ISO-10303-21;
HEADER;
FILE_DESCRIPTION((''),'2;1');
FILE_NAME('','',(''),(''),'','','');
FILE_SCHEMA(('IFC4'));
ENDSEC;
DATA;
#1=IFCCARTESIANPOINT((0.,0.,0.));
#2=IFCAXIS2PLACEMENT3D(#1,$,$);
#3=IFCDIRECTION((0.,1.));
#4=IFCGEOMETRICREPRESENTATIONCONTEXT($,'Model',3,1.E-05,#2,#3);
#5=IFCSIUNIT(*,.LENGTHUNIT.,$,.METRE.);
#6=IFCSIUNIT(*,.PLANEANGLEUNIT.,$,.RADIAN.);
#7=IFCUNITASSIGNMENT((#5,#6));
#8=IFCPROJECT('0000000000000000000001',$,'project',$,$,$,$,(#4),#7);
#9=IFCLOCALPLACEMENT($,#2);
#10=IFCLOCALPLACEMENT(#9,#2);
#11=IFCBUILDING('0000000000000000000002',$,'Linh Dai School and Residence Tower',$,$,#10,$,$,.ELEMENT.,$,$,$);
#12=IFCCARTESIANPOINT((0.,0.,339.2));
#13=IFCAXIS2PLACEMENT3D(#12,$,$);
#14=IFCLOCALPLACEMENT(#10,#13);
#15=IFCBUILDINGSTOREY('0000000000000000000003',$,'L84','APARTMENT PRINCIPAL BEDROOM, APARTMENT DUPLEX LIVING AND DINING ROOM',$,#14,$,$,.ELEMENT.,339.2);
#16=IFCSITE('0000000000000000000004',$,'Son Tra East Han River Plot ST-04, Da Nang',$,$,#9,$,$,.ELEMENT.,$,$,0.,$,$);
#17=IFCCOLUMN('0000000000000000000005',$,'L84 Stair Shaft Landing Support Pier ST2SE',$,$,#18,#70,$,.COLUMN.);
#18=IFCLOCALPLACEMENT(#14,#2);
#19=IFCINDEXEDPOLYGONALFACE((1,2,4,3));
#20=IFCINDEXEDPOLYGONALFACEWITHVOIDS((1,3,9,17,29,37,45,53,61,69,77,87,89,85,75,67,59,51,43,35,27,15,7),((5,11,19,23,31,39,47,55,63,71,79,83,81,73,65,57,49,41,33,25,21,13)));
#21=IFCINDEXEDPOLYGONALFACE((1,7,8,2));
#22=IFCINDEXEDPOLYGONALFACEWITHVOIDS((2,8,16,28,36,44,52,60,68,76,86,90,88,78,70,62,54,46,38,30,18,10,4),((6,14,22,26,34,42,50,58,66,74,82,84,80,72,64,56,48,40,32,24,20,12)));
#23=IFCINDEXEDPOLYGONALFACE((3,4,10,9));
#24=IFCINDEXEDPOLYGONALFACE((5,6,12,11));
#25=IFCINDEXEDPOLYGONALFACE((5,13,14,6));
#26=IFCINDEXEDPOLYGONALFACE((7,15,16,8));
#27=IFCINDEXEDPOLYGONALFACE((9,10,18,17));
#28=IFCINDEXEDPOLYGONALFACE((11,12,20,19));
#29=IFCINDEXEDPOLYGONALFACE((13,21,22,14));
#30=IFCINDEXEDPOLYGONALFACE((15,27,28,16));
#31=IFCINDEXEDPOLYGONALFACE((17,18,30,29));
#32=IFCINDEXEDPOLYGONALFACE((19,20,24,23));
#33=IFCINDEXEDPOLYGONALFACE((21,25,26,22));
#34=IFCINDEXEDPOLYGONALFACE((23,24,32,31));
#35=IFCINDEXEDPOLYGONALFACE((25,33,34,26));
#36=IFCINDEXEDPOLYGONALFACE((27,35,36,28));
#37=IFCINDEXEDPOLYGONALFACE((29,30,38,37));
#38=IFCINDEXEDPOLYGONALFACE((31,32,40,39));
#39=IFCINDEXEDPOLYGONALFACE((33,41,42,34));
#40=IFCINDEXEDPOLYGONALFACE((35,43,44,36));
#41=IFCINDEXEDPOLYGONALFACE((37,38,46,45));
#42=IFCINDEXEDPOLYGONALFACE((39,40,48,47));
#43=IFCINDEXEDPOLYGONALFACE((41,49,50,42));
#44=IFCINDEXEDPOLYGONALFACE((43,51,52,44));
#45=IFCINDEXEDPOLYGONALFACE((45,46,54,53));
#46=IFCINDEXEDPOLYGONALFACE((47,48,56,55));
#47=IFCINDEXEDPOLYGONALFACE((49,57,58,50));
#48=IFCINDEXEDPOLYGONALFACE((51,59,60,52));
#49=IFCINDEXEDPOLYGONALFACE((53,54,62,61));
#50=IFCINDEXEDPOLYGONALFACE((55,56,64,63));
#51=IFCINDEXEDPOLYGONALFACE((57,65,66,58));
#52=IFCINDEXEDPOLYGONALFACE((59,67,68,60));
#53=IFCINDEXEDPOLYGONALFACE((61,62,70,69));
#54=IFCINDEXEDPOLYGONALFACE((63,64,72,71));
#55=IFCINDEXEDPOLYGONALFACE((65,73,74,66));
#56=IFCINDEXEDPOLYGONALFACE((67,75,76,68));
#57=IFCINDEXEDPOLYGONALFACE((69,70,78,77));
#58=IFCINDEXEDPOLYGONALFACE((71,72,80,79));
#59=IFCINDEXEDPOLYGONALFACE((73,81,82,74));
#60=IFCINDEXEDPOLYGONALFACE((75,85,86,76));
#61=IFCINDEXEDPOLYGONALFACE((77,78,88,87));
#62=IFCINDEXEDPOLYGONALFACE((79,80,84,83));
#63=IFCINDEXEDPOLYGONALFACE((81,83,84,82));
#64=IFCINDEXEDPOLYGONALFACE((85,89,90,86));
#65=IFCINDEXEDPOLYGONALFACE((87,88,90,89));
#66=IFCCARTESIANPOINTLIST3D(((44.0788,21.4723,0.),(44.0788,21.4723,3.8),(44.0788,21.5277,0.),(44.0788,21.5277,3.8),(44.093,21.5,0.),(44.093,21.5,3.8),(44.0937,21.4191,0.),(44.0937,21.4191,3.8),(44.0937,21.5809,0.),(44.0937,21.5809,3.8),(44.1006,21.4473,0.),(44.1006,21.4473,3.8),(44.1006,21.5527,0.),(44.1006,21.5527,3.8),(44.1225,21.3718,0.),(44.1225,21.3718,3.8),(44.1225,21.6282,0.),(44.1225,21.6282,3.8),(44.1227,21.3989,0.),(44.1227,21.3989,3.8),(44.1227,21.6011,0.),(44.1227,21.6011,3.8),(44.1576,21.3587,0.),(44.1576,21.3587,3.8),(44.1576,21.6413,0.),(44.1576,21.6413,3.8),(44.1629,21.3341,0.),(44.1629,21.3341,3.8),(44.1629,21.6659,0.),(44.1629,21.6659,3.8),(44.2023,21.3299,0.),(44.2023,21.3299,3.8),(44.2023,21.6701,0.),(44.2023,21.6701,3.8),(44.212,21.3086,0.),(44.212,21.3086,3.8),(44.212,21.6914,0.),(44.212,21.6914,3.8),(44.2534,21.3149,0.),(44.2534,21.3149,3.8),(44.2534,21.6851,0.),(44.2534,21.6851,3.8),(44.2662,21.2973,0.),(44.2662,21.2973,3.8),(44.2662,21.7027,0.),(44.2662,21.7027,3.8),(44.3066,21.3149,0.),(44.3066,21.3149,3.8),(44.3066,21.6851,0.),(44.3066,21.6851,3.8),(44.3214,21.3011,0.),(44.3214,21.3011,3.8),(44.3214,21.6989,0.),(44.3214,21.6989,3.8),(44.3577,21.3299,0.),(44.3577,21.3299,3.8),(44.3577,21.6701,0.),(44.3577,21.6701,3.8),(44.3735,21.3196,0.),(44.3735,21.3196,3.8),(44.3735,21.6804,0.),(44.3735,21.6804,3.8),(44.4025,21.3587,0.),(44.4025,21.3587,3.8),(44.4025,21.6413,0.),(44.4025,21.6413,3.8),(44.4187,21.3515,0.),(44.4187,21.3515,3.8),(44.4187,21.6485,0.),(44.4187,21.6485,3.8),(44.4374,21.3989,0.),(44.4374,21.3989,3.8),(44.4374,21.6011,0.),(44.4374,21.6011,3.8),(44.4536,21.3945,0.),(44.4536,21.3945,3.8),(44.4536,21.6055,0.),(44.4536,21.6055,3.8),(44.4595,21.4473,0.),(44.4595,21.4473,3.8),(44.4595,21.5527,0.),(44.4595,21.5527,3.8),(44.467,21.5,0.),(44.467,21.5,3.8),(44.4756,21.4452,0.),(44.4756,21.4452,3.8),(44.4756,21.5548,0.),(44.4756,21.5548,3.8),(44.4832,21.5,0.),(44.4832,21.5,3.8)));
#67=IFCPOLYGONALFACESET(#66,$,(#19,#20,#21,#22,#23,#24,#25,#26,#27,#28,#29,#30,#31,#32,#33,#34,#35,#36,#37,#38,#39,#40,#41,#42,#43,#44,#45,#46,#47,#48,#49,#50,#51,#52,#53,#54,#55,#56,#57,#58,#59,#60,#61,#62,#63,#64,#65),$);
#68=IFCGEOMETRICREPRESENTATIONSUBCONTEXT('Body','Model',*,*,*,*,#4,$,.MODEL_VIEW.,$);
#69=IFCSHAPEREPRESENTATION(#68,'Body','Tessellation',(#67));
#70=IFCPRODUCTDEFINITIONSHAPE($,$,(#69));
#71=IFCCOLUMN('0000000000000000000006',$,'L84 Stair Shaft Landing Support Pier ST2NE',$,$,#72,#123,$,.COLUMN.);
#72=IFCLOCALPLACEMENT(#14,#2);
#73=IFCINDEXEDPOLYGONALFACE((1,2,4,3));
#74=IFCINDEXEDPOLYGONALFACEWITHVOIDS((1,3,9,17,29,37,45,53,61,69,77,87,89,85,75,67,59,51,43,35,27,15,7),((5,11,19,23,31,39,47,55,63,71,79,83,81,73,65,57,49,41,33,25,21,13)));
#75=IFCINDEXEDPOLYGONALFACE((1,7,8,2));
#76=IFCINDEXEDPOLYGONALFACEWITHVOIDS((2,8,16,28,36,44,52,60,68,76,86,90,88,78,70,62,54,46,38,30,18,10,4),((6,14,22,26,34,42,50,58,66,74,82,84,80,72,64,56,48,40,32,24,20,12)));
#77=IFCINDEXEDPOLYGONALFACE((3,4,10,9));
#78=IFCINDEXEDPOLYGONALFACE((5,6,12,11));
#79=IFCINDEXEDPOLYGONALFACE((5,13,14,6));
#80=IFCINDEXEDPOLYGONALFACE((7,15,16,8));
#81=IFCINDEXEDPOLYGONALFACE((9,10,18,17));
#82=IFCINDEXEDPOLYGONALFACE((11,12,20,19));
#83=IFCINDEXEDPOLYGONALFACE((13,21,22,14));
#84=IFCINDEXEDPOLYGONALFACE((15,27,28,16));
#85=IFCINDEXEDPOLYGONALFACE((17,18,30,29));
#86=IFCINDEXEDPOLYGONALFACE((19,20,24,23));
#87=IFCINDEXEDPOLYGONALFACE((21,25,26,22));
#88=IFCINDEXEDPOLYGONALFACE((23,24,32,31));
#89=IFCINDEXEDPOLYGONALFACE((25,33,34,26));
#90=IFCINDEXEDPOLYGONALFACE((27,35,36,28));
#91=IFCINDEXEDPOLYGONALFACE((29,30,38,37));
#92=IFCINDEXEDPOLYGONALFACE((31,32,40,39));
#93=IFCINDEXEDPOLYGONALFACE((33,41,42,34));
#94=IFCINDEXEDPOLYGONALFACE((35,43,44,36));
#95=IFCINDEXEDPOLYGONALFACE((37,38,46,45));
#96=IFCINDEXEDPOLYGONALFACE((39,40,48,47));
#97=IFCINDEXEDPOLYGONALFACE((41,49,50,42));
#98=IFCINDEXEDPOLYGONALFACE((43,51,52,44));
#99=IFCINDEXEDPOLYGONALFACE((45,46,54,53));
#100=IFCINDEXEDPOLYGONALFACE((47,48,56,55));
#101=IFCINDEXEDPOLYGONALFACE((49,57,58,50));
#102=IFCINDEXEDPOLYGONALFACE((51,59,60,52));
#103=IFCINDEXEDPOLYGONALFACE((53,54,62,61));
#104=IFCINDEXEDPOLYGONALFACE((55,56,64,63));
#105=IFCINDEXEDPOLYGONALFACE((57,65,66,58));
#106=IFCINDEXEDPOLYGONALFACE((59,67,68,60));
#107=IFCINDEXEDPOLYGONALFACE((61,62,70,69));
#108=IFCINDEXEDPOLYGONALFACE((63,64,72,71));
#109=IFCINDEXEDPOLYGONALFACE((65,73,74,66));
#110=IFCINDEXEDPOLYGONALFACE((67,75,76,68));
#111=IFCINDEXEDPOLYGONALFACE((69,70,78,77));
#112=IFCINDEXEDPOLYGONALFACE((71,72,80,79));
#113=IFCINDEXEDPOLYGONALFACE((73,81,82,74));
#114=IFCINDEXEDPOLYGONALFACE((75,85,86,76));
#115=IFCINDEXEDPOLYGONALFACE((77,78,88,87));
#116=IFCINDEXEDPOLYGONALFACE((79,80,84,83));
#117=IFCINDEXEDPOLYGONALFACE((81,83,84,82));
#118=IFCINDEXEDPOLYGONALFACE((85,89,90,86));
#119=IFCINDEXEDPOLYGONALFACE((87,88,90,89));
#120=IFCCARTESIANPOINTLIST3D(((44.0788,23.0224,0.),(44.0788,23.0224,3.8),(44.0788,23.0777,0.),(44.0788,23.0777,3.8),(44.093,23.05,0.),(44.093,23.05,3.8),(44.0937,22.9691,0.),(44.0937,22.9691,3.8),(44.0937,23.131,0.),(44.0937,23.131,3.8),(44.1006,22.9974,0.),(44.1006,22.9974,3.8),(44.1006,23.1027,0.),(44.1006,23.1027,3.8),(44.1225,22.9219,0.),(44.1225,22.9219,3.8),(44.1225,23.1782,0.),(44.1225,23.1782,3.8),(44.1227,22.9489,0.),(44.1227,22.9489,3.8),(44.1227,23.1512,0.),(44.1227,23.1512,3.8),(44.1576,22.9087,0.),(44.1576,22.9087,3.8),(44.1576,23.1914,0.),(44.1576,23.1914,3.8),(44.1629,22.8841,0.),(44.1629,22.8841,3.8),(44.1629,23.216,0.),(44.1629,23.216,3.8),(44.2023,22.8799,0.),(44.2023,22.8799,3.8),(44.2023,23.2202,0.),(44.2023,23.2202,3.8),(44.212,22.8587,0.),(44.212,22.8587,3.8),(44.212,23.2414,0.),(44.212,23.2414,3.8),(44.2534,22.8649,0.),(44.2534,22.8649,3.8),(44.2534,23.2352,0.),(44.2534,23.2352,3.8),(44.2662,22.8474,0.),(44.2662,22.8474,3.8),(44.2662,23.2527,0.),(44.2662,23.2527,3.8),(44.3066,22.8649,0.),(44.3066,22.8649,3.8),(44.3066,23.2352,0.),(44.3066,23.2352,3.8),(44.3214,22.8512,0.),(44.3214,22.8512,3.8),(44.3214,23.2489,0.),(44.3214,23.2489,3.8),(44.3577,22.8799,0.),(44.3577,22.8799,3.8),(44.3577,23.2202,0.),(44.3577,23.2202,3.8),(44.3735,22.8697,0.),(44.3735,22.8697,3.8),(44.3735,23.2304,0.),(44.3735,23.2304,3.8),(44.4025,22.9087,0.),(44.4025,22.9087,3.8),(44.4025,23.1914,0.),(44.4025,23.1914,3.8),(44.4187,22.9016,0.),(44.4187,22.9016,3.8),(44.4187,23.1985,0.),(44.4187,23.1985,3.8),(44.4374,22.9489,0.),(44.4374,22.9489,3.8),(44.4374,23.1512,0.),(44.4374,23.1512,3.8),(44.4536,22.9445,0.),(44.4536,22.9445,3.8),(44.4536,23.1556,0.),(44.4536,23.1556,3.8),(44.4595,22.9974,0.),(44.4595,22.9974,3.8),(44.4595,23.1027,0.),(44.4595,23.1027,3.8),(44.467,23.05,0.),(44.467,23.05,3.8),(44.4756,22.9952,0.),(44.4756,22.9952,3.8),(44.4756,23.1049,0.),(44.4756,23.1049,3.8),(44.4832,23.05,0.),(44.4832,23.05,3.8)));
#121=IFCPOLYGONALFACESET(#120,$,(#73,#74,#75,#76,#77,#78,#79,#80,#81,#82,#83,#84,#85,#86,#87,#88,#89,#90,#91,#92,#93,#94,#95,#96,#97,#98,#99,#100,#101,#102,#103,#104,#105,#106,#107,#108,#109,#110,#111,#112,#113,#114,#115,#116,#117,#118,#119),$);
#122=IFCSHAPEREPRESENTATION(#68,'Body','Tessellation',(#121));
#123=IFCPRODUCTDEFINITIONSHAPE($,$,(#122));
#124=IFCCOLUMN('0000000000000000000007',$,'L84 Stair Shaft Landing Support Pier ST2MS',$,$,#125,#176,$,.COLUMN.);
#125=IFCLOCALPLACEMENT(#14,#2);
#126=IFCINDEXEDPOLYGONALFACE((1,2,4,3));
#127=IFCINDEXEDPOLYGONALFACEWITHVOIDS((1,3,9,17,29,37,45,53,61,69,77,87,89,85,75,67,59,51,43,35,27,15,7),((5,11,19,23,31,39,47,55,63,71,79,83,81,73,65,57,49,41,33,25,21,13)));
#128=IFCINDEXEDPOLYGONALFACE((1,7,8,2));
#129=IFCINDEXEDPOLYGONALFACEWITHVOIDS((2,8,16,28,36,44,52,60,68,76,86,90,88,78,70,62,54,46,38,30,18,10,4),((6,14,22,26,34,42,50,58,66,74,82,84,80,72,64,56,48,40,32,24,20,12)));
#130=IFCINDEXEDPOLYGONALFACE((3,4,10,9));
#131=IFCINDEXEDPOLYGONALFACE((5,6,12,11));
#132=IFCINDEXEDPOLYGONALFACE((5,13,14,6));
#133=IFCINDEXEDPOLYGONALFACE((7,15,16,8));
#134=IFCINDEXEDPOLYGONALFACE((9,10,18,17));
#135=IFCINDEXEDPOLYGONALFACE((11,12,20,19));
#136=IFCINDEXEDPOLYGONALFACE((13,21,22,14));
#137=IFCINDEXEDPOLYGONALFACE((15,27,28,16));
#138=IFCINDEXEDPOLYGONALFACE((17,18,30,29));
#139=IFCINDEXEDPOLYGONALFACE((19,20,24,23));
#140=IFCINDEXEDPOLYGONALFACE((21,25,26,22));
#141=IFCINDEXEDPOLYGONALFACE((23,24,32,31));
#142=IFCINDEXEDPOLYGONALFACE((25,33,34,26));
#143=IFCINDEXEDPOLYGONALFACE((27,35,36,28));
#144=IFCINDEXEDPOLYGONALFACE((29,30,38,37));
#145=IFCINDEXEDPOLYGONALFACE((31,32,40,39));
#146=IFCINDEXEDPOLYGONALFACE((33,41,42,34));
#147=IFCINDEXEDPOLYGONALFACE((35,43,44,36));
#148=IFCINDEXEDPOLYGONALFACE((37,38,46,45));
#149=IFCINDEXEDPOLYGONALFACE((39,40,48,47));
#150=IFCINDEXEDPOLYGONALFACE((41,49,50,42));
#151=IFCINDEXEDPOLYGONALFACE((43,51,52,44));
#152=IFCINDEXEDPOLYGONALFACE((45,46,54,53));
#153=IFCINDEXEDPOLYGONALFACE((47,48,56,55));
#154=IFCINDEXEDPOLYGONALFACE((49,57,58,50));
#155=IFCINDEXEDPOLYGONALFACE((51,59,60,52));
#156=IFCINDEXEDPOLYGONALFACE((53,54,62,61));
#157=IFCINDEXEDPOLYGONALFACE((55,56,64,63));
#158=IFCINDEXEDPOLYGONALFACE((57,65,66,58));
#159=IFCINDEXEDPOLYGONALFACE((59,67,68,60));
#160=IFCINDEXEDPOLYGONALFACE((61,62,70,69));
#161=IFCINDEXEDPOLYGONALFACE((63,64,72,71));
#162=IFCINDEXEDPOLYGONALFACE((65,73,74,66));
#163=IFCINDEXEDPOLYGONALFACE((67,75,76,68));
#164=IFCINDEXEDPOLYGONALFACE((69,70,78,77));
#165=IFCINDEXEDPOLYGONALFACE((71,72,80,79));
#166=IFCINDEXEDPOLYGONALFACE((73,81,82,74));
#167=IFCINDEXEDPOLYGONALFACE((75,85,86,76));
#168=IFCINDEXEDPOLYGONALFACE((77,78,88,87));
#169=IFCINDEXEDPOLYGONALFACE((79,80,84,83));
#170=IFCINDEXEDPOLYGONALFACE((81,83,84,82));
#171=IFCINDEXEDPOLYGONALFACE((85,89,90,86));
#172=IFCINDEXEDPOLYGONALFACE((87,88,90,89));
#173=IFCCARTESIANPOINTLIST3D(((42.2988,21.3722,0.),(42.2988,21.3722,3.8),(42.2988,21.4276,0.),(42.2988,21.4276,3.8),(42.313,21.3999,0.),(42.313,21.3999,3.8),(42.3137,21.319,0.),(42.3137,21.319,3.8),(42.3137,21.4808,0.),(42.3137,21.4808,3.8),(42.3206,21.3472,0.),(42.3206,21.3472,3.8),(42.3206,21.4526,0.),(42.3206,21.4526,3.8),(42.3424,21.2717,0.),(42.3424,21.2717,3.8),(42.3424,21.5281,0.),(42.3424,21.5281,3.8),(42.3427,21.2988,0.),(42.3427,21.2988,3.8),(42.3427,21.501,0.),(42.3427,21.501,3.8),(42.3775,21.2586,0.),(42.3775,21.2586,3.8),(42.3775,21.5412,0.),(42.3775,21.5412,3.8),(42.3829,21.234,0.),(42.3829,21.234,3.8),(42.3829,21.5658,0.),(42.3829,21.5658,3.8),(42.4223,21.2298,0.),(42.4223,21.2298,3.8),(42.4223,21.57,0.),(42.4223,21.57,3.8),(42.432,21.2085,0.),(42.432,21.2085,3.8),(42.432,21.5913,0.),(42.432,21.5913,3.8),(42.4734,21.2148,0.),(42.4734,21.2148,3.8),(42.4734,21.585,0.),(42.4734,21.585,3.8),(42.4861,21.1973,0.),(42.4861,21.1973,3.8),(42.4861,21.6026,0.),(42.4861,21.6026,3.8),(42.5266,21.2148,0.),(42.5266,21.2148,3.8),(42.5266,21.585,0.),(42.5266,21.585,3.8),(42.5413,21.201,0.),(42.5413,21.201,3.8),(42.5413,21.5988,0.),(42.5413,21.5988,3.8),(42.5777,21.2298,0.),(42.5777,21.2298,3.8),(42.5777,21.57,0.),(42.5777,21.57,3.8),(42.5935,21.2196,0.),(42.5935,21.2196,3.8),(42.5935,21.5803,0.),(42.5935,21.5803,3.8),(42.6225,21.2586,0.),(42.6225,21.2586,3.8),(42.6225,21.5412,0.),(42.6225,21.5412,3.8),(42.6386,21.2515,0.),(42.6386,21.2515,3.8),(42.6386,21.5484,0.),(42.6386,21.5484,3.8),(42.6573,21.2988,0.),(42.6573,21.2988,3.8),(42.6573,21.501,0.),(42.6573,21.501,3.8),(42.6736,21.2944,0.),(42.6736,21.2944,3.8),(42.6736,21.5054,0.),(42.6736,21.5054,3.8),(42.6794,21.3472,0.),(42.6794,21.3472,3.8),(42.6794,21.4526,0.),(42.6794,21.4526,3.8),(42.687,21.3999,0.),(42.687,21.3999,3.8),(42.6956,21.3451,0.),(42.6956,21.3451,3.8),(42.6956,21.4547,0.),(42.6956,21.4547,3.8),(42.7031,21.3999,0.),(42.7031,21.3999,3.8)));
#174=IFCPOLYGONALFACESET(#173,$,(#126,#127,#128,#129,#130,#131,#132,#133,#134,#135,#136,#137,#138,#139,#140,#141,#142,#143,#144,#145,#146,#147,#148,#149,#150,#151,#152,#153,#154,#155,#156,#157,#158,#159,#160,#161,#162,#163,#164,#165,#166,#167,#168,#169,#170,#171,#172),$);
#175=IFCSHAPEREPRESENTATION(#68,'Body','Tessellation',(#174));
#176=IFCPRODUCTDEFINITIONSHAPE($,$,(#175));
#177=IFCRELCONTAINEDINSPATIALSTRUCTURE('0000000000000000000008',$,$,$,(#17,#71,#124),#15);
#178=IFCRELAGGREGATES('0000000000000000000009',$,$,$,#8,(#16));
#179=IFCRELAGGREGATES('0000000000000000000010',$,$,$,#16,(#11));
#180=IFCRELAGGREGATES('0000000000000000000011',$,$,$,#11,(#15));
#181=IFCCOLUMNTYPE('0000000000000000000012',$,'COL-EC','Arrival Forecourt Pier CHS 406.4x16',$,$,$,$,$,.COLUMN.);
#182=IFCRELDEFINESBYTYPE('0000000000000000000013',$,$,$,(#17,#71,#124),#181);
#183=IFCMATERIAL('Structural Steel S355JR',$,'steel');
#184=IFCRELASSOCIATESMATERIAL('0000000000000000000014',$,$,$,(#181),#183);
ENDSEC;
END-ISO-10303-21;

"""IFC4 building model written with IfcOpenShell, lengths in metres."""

from ifc_helpers import new_model, si_unit, direction, frame, origin, origin_2d, place, context, subcontext, project, spatial, hollow_circle, extrude, material, material_profile, profile_set, type_object, element, save


model = new_model("IFC4")

# Units and contexts
model_context = context("Model", 3, precision=1e-05, world=origin(), true_north=direction((0.0, 1.0)))
body_context = subcontext(model_context, "Body", "Model", "MODEL_VIEW")
ifc_project = project(units=[si_unit("LENGTHUNIT", "METRE"), si_unit("PLANEANGLEUNIT", "RADIAN")], contexts=[model_context])

# Site, building, storey
site_placement = place(None, origin())
site = spatial("IfcSite", under=ifc_project, at=site_placement, Name="Son Tra East Han River Plot ST-04, Da Nang", CompositionType="ELEMENT", RefElevation=0.0)
building_placement = place(site_placement, origin())
building = spatial("IfcBuilding", under=site, at=building_placement, Name="Linh Dai School and Residence Tower", CompositionType="ELEMENT")
storey_placement = place(building_placement, frame((0.0, 0.0, 339.2)))
storey = spatial("IfcBuildingStorey", under=building, at=storey_placement, Name="L84", Description="APARTMENT PRINCIPAL BEDROOM, APARTMENT DUPLEX LIVING AND DINING ROOM", CompositionType="ELEMENT", Elevation=339.2)

# Columns
ifc_material_1 = material(Name="Structural Steel S355JR", Category="steel")
ifc_material_profile_1 = material_profile(ifc_material_1, hollow_circle(Radius=0.2031, WallThickness=0.0161, at=origin_2d()), Name="CHS 406.4x16")
ifc_profile_set_1 = profile_set([ifc_material_profile_1], Name="Structural Steel S355JR")
column_type_1 = type_object("IfcColumnType", Name="COL-EC", Description="Arrival Forecourt Pier CHS 406.4x16", PredefinedType="COLUMN", material=ifc_profile_set_1)
for number, where, z_axis, x_axis, name in (
    (1, (44.28, 21.5, 0.0), (0.0, 0.0, 1.0), (1.0, 0.0, 0.0), "L84 Stair Shaft Landing Support Pier ST2SE"),
    (2, (44.28, 23.05, 0.0), (0.0, 0.0, 1.0), (1.0, 0.0, 0.0), "L84 Stair Shaft Landing Support Pier ST2NE"),
    (3, (42.5, 21.3999, 0.0), (0.0, 0.0, 1.0), (1.0, 0.0, 0.0), "L84 Stair Shaft Landing Support Pier ST2MS"),
):
    element("IfcColumn", number, at=place(storey_placement, frame(where, z_axis=z_axis, x_axis=x_axis)), inside=storey, type_object=column_type_1, Name=name, PredefinedType="COLUMN", context=body_context, shape_type="SweptSolid", body=[
        extrude(hollow_circle(Radius=0.2031, WallThickness=0.0161, at=origin_2d()), origin(), (0.0, 0.0, 1.0), 3.8),
    ])

save(model, "model.ifc")
